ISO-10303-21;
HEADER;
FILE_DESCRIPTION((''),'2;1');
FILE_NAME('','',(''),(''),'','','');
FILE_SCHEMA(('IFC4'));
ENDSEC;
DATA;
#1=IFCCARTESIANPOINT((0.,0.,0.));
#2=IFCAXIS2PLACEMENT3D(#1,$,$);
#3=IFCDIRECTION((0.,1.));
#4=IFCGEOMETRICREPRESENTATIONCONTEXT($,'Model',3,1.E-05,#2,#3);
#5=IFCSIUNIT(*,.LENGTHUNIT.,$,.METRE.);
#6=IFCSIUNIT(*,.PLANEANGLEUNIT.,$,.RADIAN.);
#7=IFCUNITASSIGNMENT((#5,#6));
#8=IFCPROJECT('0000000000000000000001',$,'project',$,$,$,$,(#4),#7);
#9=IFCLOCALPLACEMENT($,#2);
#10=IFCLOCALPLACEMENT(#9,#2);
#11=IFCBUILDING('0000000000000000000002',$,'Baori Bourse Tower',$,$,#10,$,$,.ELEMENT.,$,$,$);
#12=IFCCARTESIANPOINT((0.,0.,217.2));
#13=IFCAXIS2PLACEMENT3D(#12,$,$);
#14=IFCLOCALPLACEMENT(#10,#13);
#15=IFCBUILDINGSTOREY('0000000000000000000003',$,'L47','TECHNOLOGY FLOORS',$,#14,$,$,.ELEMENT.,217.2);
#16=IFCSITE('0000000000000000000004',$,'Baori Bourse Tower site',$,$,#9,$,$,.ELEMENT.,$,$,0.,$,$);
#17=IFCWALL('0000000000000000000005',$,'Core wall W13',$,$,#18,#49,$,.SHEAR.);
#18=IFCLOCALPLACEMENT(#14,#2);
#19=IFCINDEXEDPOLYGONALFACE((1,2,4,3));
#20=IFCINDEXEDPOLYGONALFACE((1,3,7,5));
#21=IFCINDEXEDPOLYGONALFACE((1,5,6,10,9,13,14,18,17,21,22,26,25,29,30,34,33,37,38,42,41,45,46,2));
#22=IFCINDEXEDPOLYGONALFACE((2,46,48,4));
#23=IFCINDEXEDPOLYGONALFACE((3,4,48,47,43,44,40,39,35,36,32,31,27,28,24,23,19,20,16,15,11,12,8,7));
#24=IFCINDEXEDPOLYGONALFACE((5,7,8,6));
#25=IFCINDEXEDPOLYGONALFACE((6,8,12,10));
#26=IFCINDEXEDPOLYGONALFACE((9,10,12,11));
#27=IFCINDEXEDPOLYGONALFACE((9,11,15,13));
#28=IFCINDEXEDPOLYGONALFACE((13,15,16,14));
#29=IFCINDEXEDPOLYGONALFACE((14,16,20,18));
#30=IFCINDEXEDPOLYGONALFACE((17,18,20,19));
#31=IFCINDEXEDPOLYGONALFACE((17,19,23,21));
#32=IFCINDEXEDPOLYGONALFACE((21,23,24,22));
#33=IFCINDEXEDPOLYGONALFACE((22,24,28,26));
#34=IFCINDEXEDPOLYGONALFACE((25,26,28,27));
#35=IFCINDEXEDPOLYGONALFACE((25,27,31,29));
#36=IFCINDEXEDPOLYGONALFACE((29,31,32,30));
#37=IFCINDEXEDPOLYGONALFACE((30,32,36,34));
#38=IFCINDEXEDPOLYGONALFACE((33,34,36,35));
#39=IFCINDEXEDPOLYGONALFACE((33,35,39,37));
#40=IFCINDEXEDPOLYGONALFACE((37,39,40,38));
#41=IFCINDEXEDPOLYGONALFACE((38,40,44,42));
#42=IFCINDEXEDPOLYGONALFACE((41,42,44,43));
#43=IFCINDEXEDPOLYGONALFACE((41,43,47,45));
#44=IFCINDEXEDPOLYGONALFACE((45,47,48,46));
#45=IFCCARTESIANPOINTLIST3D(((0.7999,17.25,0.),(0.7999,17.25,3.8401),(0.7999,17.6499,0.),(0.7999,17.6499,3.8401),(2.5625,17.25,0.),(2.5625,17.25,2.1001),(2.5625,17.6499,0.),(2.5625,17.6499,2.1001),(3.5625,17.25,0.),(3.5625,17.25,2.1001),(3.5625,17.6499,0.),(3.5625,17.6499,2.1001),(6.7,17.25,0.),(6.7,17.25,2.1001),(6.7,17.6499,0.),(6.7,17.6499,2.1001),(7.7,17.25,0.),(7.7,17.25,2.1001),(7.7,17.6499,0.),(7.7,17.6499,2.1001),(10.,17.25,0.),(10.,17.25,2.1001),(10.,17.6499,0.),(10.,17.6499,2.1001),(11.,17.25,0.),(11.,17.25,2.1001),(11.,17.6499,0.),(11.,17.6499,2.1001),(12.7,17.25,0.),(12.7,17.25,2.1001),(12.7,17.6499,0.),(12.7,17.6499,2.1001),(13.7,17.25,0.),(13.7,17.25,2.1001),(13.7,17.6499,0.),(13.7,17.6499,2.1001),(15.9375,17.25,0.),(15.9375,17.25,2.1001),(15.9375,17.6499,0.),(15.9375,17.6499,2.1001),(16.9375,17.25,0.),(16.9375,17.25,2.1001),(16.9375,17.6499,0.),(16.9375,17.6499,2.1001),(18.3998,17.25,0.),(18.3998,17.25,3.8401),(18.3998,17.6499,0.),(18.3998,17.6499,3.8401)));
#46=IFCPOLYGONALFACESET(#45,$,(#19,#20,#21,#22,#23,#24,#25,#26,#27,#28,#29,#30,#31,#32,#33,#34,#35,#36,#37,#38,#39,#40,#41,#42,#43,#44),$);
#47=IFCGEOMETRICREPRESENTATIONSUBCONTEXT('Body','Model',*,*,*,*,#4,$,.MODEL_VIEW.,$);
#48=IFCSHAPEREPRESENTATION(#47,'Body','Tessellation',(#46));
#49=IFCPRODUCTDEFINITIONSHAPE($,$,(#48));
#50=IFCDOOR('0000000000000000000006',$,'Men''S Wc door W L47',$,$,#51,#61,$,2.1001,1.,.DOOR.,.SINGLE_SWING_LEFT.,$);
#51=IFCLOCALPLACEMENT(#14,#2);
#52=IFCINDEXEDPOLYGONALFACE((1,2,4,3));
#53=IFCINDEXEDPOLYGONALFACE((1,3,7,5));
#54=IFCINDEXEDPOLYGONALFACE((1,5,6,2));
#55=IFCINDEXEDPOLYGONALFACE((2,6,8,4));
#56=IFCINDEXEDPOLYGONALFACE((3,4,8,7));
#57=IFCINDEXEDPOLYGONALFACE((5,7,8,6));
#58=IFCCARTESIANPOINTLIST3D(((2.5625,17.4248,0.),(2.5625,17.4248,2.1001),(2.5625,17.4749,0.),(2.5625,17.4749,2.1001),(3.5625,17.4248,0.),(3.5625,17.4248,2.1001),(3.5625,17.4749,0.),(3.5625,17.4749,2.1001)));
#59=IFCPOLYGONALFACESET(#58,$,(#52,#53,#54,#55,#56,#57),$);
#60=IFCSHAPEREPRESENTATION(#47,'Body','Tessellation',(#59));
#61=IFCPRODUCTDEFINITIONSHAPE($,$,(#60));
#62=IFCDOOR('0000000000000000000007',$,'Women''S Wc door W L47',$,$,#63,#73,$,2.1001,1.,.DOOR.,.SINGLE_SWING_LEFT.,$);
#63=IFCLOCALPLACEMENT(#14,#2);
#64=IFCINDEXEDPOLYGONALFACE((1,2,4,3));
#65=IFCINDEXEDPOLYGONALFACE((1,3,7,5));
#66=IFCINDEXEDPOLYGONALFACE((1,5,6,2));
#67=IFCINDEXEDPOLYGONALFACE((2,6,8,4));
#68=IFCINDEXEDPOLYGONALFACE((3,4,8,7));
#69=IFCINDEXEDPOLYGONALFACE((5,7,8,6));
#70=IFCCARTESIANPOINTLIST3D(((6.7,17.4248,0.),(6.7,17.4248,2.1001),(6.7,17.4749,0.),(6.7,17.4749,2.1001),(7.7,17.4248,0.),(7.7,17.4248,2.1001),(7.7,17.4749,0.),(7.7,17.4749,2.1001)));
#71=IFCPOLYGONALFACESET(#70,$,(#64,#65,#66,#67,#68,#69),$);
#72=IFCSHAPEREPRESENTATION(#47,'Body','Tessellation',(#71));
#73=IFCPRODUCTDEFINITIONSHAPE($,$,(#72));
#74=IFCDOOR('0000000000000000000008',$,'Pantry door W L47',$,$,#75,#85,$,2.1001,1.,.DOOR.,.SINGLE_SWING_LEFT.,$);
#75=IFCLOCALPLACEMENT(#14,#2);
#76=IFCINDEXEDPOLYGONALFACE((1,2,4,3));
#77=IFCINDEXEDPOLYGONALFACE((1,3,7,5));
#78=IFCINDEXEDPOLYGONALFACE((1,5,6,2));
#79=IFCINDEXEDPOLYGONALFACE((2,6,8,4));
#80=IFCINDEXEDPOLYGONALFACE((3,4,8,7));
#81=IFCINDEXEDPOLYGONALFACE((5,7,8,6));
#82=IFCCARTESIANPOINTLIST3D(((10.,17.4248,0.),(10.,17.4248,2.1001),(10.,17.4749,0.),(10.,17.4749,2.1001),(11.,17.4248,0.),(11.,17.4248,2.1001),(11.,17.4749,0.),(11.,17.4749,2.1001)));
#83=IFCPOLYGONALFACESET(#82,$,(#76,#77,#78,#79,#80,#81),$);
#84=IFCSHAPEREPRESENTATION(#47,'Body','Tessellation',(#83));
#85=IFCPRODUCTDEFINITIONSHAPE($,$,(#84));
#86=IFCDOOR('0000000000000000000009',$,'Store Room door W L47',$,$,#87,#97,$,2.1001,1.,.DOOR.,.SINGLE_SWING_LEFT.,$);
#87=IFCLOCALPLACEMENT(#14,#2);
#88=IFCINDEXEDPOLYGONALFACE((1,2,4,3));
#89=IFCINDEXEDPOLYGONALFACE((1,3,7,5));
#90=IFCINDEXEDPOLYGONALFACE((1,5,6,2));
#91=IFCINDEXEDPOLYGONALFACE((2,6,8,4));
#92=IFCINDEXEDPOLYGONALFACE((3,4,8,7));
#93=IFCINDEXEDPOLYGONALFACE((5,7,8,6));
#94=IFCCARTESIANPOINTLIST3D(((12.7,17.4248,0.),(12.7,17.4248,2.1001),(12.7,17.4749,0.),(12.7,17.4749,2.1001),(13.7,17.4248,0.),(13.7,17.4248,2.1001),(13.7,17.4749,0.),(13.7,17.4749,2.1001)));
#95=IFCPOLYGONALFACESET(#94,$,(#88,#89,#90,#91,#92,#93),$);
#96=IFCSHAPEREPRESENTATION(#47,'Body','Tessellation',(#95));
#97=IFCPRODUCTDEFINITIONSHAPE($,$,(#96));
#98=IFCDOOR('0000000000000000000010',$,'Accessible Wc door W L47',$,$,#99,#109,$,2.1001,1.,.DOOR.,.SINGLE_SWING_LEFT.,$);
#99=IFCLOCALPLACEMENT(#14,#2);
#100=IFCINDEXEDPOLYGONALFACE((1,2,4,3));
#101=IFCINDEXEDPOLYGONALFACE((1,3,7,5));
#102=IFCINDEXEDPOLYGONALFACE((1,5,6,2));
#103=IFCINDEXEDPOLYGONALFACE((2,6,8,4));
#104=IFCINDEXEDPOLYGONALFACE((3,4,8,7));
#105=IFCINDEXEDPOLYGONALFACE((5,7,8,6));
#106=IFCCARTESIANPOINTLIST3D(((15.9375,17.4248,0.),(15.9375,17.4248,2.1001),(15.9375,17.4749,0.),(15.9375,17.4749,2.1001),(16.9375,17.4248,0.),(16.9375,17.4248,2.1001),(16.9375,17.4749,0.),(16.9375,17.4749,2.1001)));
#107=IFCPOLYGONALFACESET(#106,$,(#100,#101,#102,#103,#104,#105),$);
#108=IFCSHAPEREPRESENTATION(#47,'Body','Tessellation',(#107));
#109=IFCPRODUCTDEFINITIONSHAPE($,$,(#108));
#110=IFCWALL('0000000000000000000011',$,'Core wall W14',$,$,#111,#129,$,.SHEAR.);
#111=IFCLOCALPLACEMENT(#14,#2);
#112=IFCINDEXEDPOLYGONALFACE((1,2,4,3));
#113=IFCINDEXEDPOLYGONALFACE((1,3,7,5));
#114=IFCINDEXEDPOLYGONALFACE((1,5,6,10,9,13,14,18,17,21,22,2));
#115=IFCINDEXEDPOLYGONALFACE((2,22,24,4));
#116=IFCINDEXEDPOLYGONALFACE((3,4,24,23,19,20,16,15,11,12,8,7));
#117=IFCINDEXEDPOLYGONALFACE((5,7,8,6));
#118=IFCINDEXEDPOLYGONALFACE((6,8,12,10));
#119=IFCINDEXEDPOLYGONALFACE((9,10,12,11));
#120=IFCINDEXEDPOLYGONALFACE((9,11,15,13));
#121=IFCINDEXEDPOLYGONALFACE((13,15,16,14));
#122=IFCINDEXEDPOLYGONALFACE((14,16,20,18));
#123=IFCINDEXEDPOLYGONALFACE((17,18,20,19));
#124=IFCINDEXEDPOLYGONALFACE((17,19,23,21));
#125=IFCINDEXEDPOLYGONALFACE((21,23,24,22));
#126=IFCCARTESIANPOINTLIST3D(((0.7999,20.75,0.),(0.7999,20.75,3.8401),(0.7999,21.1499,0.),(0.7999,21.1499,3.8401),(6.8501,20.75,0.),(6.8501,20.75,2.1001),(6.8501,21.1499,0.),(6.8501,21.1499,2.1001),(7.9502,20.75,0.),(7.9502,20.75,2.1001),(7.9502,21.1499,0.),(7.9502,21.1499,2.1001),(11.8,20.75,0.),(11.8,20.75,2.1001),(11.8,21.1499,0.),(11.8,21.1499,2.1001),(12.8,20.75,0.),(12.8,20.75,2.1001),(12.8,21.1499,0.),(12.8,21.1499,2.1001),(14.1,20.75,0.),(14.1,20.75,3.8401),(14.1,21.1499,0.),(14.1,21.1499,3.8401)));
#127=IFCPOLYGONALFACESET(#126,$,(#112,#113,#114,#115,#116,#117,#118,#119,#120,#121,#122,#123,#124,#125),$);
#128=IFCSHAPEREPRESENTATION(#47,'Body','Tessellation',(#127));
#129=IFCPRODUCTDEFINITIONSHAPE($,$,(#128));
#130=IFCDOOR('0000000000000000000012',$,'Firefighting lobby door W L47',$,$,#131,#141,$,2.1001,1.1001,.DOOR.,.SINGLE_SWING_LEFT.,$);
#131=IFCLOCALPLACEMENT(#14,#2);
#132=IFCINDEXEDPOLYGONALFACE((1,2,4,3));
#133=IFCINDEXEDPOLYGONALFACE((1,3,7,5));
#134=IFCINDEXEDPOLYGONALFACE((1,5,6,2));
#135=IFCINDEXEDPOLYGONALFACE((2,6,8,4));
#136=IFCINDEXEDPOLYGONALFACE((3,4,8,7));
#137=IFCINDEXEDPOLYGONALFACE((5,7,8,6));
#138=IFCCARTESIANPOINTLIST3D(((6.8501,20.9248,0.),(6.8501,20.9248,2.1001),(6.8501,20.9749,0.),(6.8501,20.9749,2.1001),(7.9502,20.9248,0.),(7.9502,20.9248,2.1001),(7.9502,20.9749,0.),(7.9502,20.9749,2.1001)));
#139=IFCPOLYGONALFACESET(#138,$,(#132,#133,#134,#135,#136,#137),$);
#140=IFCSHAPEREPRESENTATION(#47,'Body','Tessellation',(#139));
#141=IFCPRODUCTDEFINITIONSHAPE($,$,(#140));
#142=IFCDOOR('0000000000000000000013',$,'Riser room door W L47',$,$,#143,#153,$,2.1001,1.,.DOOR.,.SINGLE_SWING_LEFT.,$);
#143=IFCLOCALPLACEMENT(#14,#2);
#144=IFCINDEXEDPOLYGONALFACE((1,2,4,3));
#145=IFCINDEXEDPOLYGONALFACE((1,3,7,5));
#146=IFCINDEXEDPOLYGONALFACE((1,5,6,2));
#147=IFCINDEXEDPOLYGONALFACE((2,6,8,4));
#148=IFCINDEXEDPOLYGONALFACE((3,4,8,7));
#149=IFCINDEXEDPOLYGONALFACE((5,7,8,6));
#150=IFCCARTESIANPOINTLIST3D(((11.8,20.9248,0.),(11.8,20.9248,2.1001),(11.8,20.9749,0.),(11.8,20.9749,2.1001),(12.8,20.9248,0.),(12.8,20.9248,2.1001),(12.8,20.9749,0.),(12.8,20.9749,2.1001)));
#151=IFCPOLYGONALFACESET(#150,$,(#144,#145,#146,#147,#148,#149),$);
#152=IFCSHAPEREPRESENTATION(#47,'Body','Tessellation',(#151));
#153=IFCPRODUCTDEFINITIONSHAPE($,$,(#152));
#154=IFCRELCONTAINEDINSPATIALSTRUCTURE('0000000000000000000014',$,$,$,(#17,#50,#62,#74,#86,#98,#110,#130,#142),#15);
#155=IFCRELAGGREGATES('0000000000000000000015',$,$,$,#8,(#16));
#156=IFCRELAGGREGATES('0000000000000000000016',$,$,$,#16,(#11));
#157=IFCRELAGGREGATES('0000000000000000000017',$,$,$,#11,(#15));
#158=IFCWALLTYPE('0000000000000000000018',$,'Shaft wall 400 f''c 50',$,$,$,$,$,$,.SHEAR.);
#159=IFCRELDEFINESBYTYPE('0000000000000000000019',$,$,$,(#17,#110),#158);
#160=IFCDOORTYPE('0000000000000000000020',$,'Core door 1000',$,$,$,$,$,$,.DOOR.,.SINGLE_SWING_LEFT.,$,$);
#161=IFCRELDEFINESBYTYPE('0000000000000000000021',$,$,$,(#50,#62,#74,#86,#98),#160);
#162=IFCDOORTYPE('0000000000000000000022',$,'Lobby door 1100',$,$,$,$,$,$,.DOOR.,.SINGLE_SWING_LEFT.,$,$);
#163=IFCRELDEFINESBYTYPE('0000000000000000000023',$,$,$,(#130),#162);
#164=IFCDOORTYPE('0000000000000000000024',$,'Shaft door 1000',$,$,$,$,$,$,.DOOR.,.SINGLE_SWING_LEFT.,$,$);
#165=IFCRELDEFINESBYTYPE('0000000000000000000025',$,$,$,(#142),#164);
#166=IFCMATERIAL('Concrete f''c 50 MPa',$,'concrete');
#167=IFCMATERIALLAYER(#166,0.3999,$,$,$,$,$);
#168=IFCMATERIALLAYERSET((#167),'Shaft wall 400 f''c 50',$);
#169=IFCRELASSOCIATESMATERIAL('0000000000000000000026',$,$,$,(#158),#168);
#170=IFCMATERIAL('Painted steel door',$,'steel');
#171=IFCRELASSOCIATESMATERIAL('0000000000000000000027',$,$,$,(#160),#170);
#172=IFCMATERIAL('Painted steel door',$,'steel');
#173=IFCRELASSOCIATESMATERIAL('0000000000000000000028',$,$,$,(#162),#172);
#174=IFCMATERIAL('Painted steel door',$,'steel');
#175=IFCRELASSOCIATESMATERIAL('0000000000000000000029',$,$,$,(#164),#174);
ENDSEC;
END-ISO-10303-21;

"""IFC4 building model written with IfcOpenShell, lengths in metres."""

from ifc_helpers import new_model, si_unit, direction, frame, frame_2d, origin, place, context, subcontext, project, spatial, rectangle, extrude, material, layer, layer_set, type_object, element, fill, save


model = new_model("IFC4")

# Units and contexts
model_context = context("Model", 3, precision=1e-05, world=origin(), true_north=direction((0.0, 1.0)))
body_context = subcontext(model_context, "Body", "Model", "MODEL_VIEW")
ifc_project = project(units=[si_unit("LENGTHUNIT", "METRE"), si_unit("PLANEANGLEUNIT", "RADIAN")], contexts=[model_context])

# Site, building, storey
site_placement = place(None, origin())
site = spatial("IfcSite", under=ifc_project, at=site_placement, Name="Baori Bourse Tower site", CompositionType="ELEMENT", RefElevation=0.0)
building_placement = place(site_placement, origin())
building = spatial("IfcBuilding", under=site, at=building_placement, Name="Baori Bourse Tower", CompositionType="ELEMENT")
storey_placement = place(building_placement, frame((0.0, 0.0, 217.2)))
storey = spatial("IfcBuildingStorey", under=building, at=storey_placement, Name="L47", Description="TECHNOLOGY FLOORS", CompositionType="ELEMENT", Elevation=217.2)

# Shared definitions
ifc_material_1 = material(Name="Concrete f'c 50 MPa", Category="concrete")
ifc_layer_1 = layer(ifc_material_1, 0.3999)
ifc_layer_set_1 = layer_set([ifc_layer_1], Name="Shaft wall 400 f'c 50")
wall_type_1 = type_object("IfcWallType", Name="Shaft wall 400 f'c 50", PredefinedType="SHEAR", material=ifc_layer_set_1)

# Walls, openings, doors
wall_1_placement = place(storey_placement, frame((0.8, 17.45, 0.0), z_axis=(0.0, 0.0, 1.0), x_axis=(1.0, 0.0, 0.0)))
wall_1 = element("IfcWall", 1, at=wall_1_placement, inside=storey, type_object=wall_type_1, Name="Core wall W13", PredefinedType="SHEAR", context=body_context, shape_type="SweptSolid", body=[
    extrude(rectangle(XDim=17.5999, YDim=0.3999, at=frame_2d((8.7998, 0.0))), origin(), (0.0, 0.0, 1.0), 3.8401),
])
opening_1_placement = place(wall_1_placement, frame((1.7625, 0.0, 0.0)))
opening_1 = element("IfcOpeningElement", 2, at=opening_1_placement, cuts=wall_1, PredefinedType="OPENING", context=body_context, shape_type="SweptSolid", body=[
    extrude(rectangle(XDim=1.0, YDim=2.1001, at=frame_2d((0.5, 1.05))), frame((0.0, 0.21, 0.0), z_axis=(0.0, -1.0, 0.0), x_axis=(1.0, 0.0, 0.0)), (0.0, 0.0, 1.0), 0.4199),
])
opening_2_placement = place(wall_1_placement, frame((5.8999, 0.0, 0.0)))
opening_2 = element("IfcOpeningElement", 3, at=opening_2_placement, cuts=wall_1, PredefinedType="OPENING", context=body_context, shape_type="SweptSolid", body=[
    extrude(rectangle(XDim=1.0, YDim=2.1001, at=frame_2d((0.5, 1.05))), frame((0.0, 0.21, 0.0), z_axis=(0.0, -1.0, 0.0), x_axis=(1.0, 0.0, 0.0)), (0.0, 0.0, 1.0), 0.4199),
])
opening_3_placement = place(wall_1_placement, frame((9.2, 0.0, 0.0)))
opening_3 = element("IfcOpeningElement", 4, at=opening_3_placement, cuts=wall_1, PredefinedType="OPENING", context=body_context, shape_type="SweptSolid", body=[
    extrude(rectangle(XDim=1.0, YDim=2.1001, at=frame_2d((0.5, 1.05))), frame((0.0, 0.21, 0.0), z_axis=(0.0, -1.0, 0.0), x_axis=(1.0, 0.0, 0.0)), (0.0, 0.0, 1.0), 0.4199),
])
opening_4_placement = place(wall_1_placement, frame((11.8999, 0.0, 0.0)))
opening_4 = element("IfcOpeningElement", 5, at=opening_4_placement, cuts=wall_1, PredefinedType="OPENING", context=body_context, shape_type="SweptSolid", body=[
    extrude(rectangle(XDim=1.0, YDim=2.1001, at=frame_2d((0.5, 1.05))), frame((0.0, 0.21, 0.0), z_axis=(0.0, -1.0, 0.0), x_axis=(1.0, 0.0, 0.0)), (0.0, 0.0, 1.0), 0.4199),
])
opening_5_placement = place(wall_1_placement, frame((15.1375, 0.0, 0.0)))
opening_5 = element("IfcOpeningElement", 6, at=opening_5_placement, cuts=wall_1, PredefinedType="OPENING", context=body_context, shape_type="SweptSolid", body=[
    extrude(rectangle(XDim=1.0, YDim=2.1001, at=frame_2d((0.5, 1.05))), frame((0.0, 0.21, 0.0), z_axis=(0.0, -1.0, 0.0), x_axis=(1.0, 0.0, 0.0)), (0.0, 0.0, 1.0), 0.4199),
])
ifc_material_2 = material(Name="Painted steel door", Category="steel")
door_type_1 = type_object("IfcDoorType", Name="Core door 1000", OperationType="SINGLE_SWING_LEFT", PredefinedType="DOOR", material=ifc_material_2)
door_1_placement = place(opening_1_placement, origin())
door_1 = element("IfcDoor", 7, at=door_1_placement, inside=storey, type_object=door_type_1, Name="Men'S Wc door W L47", OperationType="SINGLE_SWING_LEFT", OverallHeight=2.1001, OverallWidth=1.0, PredefinedType="DOOR", context=body_context, shape_type="SweptSolid", body=[
    extrude(rectangle(XDim=1.0, YDim=2.1001, at=frame_2d((0.5, 1.05))), frame((0.0, 0.0249, 0.0), z_axis=(0.0, -1.0, 0.0), x_axis=(1.0, 0.0, 0.0)), (0.0, 0.0, 1.0), 0.05),
])
fill(opening_1, door_1)
door_2_placement = place(opening_2_placement, origin())
door_2 = element("IfcDoor", 8, at=door_2_placement, inside=storey, type_object=door_type_1, Name="Women'S Wc door W L47", OperationType="SINGLE_SWING_LEFT", OverallHeight=2.1001, OverallWidth=1.0, PredefinedType="DOOR", context=body_context, shape_type="SweptSolid", body=[
    extrude(rectangle(XDim=1.0, YDim=2.1001, at=frame_2d((0.5, 1.05))), frame((0.0, 0.0249, 0.0), z_axis=(0.0, -1.0, 0.0), x_axis=(1.0, 0.0, 0.0)), (0.0, 0.0, 1.0), 0.05),
])
fill(opening_2, door_2)
door_3_placement = place(opening_3_placement, origin())
door_3 = element("IfcDoor", 9, at=door_3_placement, inside=storey, type_object=door_type_1, Name="Pantry door W L47", OperationType="SINGLE_SWING_LEFT", OverallHeight=2.1001, OverallWidth=1.0, PredefinedType="DOOR", context=body_context, shape_type="SweptSolid", body=[
    extrude(rectangle(XDim=1.0, YDim=2.1001, at=frame_2d((0.5, 1.05))), frame((0.0, 0.0249, 0.0), z_axis=(0.0, -1.0, 0.0), x_axis=(1.0, 0.0, 0.0)), (0.0, 0.0, 1.0), 0.05),
])
fill(opening_3, door_3)
door_4_placement = place(opening_4_placement, origin())
door_4 = element("IfcDoor", 10, at=door_4_placement, inside=storey, type_object=door_type_1, Name="Store Room door W L47", OperationType="SINGLE_SWING_LEFT", OverallHeight=2.1001, OverallWidth=1.0, PredefinedType="DOOR", context=body_context, shape_type="SweptSolid", body=[
    extrude(rectangle(XDim=1.0, YDim=2.1001, at=frame_2d((0.5, 1.05))), frame((0.0, 0.0249, 0.0), z_axis=(0.0, -1.0, 0.0), x_axis=(1.0, 0.0, 0.0)), (0.0, 0.0, 1.0), 0.05),
])
fill(opening_4, door_4)
door_5_placement = place(opening_5_placement, origin())
door_5 = element("IfcDoor", 11, at=door_5_placement, inside=storey, type_object=door_type_1, Name="Accessible Wc door W L47", OperationType="SINGLE_SWING_LEFT", OverallHeight=2.1001, OverallWidth=1.0, PredefinedType="DOOR", context=body_context, shape_type="SweptSolid", body=[
    extrude(rectangle(XDim=1.0, YDim=2.1001, at=frame_2d((0.5, 1.05))), frame((0.0, 0.0249, 0.0), z_axis=(0.0, -1.0, 0.0), x_axis=(1.0, 0.0, 0.0)), (0.0, 0.0, 1.0), 0.05),
])
fill(opening_5, door_5)
wall_2_placement = place(storey_placement, frame((0.8, 20.95, 0.0), z_axis=(0.0, 0.0, 1.0), x_axis=(1.0, 0.0, 0.0)))
wall_2 = element("IfcWall", 12, at=wall_2_placement, inside=storey, type_object=wall_type_1, Name="Core wall W14", PredefinedType="SHEAR", context=body_context, shape_type="SweptSolid", body=[
    extrude(rectangle(XDim=13.3, YDim=0.3999, at=frame_2d((6.6499, 0.0))), origin(), (0.0, 0.0, 1.0), 3.8401),
])
opening_6_placement = place(wall_2_placement, frame((6.05, 0.0, 0.0)))
opening_6 = element("IfcOpeningElement", 13, at=opening_6_placement, cuts=wall_2, PredefinedType="OPENING", context=body_context, shape_type="SweptSolid", body=[
    extrude(rectangle(XDim=1.1001, YDim=2.1001, at=frame_2d((0.55, 1.05))), frame((0.0, 0.21, 0.0), z_axis=(0.0, -1.0, 0.0), x_axis=(1.0, 0.0, 0.0)), (0.0, 0.0, 1.0), 0.4199),
])
opening_7_placement = place(wall_2_placement, frame((11.0, 0.0, 0.0)))
opening_7 = element("IfcOpeningElement", 14, at=opening_7_placement, cuts=wall_2, PredefinedType="OPENING", context=body_context, shape_type="SweptSolid", body=[
    extrude(rectangle(XDim=1.0, YDim=2.1001, at=frame_2d((0.5, 1.05))), frame((0.0, 0.21, 0.0), z_axis=(0.0, -1.0, 0.0), x_axis=(1.0, 0.0, 0.0)), (0.0, 0.0, 1.0), 0.4199),
])
ifc_material_3 = material(Name="Painted steel door", Category="steel")
door_type_2 = type_object("IfcDoorType", Name="Lobby door 1100", OperationType="SINGLE_SWING_LEFT", PredefinedType="DOOR", material=ifc_material_3)
door_6_placement = place(opening_6_placement, origin())
door_6 = element("IfcDoor", 15, at=door_6_placement, inside=storey, type_object=door_type_2, Name="Firefighting lobby door W L47", OperationType="SINGLE_SWING_LEFT", OverallHeight=2.1001, OverallWidth=1.1001, PredefinedType="DOOR", context=body_context, shape_type="SweptSolid", body=[
    extrude(rectangle(XDim=1.1001, YDim=2.1001, at=frame_2d((0.55, 1.05))), frame((0.0, 0.0249, 0.0), z_axis=(0.0, -1.0, 0.0), x_axis=(1.0, 0.0, 0.0)), (0.0, 0.0, 1.0), 0.05),
])
fill(opening_6, door_6)
ifc_material_4 = material(Name="Painted steel door", Category="steel")
door_type_3 = type_object("IfcDoorType", Name="Shaft door 1000", OperationType="SINGLE_SWING_LEFT", PredefinedType="DOOR", material=ifc_material_4)
door_7_placement = place(opening_7_placement, origin())
door_7 = element("IfcDoor", 16, at=door_7_placement, inside=storey, type_object=door_type_3, Name="Riser room door W L47", OperationType="SINGLE_SWING_LEFT", OverallHeight=2.1001, OverallWidth=1.0, PredefinedType="DOOR", context=body_context, shape_type="SweptSolid", body=[
    extrude(rectangle(XDim=1.0, YDim=2.1001, at=frame_2d((0.5, 1.05))), frame((0.0, 0.0249, 0.0), z_axis=(0.0, -1.0, 0.0), x_axis=(1.0, 0.0, 0.0)), (0.0, 0.0, 1.0), 0.05),
])
fill(opening_7, door_7)

save(model, "model.ifc")
